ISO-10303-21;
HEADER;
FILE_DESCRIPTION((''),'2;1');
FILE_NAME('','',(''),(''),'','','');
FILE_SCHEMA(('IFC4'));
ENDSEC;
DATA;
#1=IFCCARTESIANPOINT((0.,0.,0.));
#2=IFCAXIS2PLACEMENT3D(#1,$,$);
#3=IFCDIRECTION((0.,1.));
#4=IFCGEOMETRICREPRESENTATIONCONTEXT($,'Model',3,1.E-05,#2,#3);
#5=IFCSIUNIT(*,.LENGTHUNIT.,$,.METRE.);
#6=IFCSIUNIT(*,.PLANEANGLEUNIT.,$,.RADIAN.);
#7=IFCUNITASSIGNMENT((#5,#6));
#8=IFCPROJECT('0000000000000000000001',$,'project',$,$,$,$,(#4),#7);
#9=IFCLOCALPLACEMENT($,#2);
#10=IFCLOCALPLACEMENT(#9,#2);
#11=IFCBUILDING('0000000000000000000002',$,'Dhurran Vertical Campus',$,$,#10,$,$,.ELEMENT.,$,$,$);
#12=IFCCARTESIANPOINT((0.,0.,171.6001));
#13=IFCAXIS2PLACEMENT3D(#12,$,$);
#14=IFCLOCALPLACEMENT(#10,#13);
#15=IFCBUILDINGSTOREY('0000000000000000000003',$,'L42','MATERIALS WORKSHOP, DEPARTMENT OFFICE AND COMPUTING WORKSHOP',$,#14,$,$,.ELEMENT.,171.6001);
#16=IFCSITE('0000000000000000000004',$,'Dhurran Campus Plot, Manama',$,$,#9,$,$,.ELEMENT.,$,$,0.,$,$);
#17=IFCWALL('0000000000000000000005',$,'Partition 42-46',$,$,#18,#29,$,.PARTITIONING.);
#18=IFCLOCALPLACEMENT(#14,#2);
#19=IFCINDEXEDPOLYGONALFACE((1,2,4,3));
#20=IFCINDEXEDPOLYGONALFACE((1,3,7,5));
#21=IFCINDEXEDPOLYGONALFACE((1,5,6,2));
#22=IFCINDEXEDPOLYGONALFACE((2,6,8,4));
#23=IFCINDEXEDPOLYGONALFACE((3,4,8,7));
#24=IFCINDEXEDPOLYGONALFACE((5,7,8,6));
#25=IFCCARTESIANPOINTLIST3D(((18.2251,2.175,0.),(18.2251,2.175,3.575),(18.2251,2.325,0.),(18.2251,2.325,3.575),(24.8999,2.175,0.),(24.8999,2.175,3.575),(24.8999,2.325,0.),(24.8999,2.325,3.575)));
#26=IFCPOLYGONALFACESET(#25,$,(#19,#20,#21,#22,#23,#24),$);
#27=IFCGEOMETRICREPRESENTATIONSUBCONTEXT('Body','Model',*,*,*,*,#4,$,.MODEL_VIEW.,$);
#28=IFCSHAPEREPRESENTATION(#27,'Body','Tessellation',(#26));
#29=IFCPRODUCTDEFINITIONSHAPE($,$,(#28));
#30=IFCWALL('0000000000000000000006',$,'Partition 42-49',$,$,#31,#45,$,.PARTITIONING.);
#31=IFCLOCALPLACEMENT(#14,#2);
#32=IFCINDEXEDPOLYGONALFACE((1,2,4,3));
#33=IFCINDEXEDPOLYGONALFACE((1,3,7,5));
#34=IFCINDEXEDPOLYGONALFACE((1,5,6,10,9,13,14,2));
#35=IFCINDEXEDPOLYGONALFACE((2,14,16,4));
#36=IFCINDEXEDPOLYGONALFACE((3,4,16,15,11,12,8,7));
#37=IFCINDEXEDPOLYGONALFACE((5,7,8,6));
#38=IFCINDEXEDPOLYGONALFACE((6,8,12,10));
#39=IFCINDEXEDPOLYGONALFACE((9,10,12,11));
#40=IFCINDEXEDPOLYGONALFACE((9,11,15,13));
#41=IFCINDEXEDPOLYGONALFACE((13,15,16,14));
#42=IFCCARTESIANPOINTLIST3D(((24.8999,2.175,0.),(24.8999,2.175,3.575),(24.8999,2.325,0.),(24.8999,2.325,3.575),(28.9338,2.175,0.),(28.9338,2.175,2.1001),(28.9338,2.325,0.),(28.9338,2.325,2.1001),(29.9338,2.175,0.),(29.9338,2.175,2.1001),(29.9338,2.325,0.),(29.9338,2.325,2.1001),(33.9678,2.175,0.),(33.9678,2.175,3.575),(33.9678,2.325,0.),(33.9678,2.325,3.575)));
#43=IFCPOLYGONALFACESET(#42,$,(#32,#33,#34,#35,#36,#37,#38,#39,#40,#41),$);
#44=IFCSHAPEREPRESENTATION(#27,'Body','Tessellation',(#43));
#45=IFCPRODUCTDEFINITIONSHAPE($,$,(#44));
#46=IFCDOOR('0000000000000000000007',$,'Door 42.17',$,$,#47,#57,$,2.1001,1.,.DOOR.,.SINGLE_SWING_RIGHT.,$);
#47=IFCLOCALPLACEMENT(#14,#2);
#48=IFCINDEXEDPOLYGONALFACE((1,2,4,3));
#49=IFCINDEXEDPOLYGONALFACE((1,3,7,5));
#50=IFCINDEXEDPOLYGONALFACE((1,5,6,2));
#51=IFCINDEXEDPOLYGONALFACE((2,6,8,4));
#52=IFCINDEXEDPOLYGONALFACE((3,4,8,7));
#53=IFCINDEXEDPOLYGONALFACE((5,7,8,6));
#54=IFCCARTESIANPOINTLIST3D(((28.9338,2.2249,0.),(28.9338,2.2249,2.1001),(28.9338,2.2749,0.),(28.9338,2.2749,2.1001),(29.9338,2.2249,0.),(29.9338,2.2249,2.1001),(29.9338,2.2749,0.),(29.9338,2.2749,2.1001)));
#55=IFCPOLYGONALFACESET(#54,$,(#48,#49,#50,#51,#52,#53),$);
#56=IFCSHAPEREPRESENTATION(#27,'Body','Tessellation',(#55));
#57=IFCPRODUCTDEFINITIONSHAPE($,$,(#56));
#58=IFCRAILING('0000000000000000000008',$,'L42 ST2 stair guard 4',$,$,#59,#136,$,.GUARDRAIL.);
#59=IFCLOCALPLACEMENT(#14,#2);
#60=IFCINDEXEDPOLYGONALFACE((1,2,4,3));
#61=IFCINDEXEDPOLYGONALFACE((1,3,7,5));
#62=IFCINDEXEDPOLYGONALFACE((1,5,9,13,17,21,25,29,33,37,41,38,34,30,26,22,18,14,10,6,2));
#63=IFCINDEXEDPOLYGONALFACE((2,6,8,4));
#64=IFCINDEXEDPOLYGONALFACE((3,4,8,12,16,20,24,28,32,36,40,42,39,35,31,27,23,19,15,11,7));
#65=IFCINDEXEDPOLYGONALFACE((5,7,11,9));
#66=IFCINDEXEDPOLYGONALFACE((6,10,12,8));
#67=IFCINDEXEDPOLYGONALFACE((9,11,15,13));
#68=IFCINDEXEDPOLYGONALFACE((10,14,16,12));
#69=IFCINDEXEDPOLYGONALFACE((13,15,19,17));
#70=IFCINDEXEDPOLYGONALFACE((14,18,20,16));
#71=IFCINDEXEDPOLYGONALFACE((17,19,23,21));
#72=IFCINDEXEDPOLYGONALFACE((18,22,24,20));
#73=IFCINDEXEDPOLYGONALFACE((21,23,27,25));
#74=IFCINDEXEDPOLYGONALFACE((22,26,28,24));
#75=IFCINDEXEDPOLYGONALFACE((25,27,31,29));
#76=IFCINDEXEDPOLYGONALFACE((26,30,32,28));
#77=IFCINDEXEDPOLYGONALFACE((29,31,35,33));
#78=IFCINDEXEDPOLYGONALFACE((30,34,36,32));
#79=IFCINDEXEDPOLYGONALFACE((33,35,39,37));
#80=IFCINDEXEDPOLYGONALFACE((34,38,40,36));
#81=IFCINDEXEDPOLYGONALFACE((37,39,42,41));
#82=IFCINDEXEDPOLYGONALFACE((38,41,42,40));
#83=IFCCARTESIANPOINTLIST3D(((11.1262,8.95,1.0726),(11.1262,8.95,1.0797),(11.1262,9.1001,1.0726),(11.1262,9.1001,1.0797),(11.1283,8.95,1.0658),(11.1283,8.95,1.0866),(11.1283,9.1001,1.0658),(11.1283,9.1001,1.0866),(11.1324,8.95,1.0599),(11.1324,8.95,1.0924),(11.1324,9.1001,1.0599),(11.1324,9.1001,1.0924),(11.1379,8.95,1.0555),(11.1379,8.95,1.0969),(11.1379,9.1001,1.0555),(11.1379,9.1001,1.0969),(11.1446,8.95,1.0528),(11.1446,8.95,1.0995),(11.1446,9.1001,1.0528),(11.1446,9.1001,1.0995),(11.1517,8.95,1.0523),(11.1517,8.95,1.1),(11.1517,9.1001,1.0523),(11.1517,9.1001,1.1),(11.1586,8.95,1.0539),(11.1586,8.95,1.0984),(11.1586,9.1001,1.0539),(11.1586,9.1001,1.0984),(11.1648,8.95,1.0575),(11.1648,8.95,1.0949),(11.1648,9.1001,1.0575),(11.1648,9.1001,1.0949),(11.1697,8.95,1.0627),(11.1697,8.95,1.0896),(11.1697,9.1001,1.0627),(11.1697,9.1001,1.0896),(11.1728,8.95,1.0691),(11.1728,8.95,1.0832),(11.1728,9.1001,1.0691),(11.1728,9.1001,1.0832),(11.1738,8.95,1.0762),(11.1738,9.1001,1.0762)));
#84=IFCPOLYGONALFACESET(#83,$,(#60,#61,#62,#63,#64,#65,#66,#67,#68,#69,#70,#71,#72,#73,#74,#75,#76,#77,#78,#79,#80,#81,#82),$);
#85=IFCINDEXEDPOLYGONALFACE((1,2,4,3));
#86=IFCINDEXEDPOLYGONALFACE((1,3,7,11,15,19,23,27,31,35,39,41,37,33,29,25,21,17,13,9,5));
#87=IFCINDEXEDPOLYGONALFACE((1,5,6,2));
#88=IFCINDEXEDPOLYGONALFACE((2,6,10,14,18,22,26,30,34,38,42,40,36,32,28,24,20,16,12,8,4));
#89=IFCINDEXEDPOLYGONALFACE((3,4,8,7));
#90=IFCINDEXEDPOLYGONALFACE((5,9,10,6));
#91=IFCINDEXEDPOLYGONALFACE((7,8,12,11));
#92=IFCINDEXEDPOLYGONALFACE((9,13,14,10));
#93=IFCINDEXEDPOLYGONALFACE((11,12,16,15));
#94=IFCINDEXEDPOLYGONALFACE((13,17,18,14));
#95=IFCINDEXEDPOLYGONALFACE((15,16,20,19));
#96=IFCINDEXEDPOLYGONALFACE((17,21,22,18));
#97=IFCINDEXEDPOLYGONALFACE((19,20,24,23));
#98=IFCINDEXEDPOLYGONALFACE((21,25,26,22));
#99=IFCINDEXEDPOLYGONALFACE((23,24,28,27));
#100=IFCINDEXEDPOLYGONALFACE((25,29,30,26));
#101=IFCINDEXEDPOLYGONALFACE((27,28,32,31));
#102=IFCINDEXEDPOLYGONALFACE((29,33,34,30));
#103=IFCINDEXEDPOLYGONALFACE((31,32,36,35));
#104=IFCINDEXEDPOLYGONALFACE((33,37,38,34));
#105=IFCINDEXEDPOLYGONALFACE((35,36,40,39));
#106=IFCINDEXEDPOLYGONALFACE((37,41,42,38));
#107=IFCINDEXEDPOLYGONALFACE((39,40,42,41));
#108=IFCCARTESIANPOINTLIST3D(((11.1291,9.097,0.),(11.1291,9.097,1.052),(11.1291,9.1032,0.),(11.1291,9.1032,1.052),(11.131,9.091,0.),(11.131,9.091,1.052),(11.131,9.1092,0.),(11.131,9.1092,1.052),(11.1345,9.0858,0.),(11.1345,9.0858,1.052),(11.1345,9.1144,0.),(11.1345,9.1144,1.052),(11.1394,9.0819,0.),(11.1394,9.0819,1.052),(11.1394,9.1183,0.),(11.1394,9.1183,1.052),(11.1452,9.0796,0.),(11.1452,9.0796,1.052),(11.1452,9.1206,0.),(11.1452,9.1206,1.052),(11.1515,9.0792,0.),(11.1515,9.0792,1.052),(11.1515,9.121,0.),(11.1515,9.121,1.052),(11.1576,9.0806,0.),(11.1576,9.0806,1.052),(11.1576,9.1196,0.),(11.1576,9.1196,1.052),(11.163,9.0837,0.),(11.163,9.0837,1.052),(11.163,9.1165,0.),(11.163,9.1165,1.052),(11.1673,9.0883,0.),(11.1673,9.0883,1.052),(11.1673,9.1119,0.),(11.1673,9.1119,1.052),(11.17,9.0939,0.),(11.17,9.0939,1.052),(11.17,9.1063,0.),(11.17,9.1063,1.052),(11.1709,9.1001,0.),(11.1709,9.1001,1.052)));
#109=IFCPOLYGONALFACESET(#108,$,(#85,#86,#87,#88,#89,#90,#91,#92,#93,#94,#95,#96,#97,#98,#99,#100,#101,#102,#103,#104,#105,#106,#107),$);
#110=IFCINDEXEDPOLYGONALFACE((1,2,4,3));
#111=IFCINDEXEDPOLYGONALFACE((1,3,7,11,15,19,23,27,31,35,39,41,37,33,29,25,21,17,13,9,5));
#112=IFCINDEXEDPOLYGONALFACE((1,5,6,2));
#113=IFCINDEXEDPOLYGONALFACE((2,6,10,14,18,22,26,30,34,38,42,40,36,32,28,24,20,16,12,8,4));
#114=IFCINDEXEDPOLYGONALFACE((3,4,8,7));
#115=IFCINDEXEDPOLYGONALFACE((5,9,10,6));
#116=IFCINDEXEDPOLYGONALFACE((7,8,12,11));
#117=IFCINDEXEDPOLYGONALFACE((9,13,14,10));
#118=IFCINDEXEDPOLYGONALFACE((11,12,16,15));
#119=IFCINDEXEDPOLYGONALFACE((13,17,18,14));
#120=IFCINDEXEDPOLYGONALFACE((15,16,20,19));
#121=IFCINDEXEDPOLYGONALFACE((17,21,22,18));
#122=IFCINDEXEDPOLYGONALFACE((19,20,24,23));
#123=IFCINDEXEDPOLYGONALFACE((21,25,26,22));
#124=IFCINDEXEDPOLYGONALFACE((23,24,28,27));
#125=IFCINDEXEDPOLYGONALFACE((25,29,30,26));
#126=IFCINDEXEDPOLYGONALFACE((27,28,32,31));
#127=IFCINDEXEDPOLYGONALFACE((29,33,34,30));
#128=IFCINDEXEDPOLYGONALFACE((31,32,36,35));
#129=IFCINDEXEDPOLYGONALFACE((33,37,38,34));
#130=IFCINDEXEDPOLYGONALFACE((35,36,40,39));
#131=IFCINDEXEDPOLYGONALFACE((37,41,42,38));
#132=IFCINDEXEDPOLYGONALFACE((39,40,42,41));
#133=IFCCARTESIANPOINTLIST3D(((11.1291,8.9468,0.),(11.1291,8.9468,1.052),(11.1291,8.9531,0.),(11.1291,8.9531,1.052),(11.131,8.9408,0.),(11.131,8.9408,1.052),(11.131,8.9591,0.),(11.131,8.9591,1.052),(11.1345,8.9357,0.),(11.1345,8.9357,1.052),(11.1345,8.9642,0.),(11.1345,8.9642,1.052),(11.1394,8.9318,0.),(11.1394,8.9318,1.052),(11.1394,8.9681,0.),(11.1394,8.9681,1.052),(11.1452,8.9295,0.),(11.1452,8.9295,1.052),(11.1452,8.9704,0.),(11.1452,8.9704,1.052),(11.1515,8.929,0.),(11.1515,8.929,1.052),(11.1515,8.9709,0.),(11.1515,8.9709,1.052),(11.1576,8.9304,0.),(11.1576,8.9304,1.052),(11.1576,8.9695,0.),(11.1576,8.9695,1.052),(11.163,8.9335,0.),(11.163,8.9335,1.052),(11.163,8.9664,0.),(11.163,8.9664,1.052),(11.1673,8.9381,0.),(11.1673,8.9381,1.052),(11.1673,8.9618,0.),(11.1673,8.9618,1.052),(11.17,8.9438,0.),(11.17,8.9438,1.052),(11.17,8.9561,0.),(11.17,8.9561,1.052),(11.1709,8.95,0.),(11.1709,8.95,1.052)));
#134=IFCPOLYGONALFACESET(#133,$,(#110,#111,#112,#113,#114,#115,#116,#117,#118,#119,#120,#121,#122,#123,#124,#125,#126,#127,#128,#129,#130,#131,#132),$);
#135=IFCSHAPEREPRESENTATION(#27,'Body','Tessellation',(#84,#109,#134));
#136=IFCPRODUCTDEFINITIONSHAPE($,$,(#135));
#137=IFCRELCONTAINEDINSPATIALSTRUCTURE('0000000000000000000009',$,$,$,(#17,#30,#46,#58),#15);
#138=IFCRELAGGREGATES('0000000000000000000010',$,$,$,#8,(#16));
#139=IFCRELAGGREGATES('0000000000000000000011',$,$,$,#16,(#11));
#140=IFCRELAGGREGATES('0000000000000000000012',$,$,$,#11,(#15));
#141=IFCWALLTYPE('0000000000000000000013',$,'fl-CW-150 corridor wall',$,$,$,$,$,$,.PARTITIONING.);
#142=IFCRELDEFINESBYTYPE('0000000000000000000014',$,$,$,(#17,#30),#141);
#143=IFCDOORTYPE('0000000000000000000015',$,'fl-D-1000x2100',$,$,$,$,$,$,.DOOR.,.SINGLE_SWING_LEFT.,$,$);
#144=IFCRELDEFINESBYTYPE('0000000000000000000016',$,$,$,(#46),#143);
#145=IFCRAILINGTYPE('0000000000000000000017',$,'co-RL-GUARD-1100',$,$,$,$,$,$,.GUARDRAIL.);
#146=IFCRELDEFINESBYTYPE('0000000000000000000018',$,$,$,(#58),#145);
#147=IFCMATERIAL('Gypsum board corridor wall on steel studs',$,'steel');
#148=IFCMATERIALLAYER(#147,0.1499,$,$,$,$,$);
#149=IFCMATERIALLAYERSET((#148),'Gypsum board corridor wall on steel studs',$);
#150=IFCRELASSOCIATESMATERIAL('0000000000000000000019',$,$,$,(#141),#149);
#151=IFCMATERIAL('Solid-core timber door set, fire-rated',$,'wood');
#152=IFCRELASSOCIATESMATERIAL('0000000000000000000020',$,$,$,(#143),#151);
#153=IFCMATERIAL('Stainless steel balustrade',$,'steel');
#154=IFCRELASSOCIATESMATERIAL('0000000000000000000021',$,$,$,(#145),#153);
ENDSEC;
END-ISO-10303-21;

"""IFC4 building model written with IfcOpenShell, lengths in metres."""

from ifc_helpers import new_model, si_unit, direction, frame, frame_2d, origin, origin_2d, place, context, subcontext, project, spatial, rectangle, circle, extrude, material, layer, layer_set, type_object, element, fill, save


model = new_model("IFC4")

# Units and contexts
model_context = context("Model", 3, precision=1e-05, world=origin(), true_north=direction((0.0, 1.0)))
body_context = subcontext(model_context, "Body", "Model", "MODEL_VIEW")
ifc_project = project(units=[si_unit("LENGTHUNIT", "METRE"), si_unit("PLANEANGLEUNIT", "RADIAN")], contexts=[model_context])

# Site, building, storey
site_placement = place(None, origin())
site = spatial("IfcSite", under=ifc_project, at=site_placement, Name="Dhurran Campus Plot, Manama", CompositionType="ELEMENT", RefElevation=0.0)
building_placement = place(site_placement, origin())
building = spatial("IfcBuilding", under=site, at=building_placement, Name="Dhurran Vertical Campus", CompositionType="ELEMENT")
storey_placement = place(building_placement, frame((0.0, 0.0, 171.6001)))
storey = spatial("IfcBuildingStorey", under=building, at=storey_placement, Name="L42", Description="MATERIALS WORKSHOP, DEPARTMENT OFFICE AND COMPUTING WORKSHOP", CompositionType="ELEMENT", Elevation=171.6001)

# Shared definitions
ifc_material_1 = material(Name="Gypsum board corridor wall on steel studs", Category="steel")
ifc_layer_1 = layer(ifc_material_1, 0.1499)
ifc_layer_set_1 = layer_set([ifc_layer_1], Name="Gypsum board corridor wall on steel studs")
wall_type_1 = type_object("IfcWallType", Name="fl-CW-150 corridor wall", PredefinedType="PARTITIONING", material=ifc_layer_set_1)
ifc_material_2 = material(Name="Solid-core timber door set, fire-rated", Category="wood")
door_type_1 = type_object("IfcDoorType", Name="fl-D-1000x2100", OperationType="SINGLE_SWING_LEFT", PredefinedType="DOOR", material=ifc_material_2)

# Wall
wall_1_placement = place(storey_placement, frame((18.2251, 2.25, 0.0), z_axis=(0.0, 0.0, 1.0), x_axis=(1.0, 0.0, 0.0)))
element("IfcWall", 1, at=wall_1_placement, inside=storey, type_object=wall_type_1, Name="Partition 42-46", PredefinedType="PARTITIONING", context=body_context, shape_type="SweptSolid", body=[
    extrude(rectangle(XDim=6.6748, YDim=0.1499, at=frame_2d((3.3374, 0.0))), origin(), (0.0, 0.0, 1.0), 3.575),
])

# Wall, opening, door
wall_2_placement = place(storey_placement, frame((24.8999, 2.25, 0.0), z_axis=(0.0, 0.0, 1.0), x_axis=(1.0, 0.0, 0.0)))
wall_2 = element("IfcWall", 2, at=wall_2_placement, inside=storey, type_object=wall_type_1, Name="Partition 42-49", PredefinedType="PARTITIONING", context=body_context, shape_type="SweptSolid", body=[
    extrude(rectangle(XDim=9.0679, YDim=0.1499, at=frame_2d((4.5339, 0.0))), origin(), (0.0, 0.0, 1.0), 3.575),
])
opening_1_placement = place(wall_2_placement, frame((4.0339, 0.0, 0.0)))
opening_1 = element("IfcOpeningElement", 3, at=opening_1_placement, cuts=wall_2, PredefinedType="OPENING", context=body_context, shape_type="SweptSolid", body=[
    extrude(rectangle(XDim=1.0, YDim=2.1001, at=frame_2d((0.5, 1.05))), frame((0.0, 0.085, 0.0), z_axis=(0.0, -1.0, 0.0), x_axis=(1.0, 0.0, 0.0)), (0.0, 0.0, 1.0), 0.1699),
])
door_1_placement = place(opening_1_placement, origin())
door_1 = element("IfcDoor", 4, at=door_1_placement, inside=storey, type_object=door_type_1, Name="Door 42.17", OperationType="SINGLE_SWING_RIGHT", OverallHeight=2.1001, OverallWidth=1.0, PredefinedType="DOOR", context=body_context, shape_type="SweptSolid", body=[
    extrude(rectangle(XDim=1.0, YDim=2.1001, at=frame_2d((0.5, 1.05))), frame((0.0, 0.0249, 0.0), z_axis=(0.0, -1.0, 0.0), x_axis=(1.0, 0.0, 0.0)), (0.0, 0.0, 1.0), 0.05),
])
fill(opening_1, door_1)

# Railing
ifc_material_3 = material(Name="Stainless steel balustrade", Category="steel")
railing_type = type_object("IfcRailingType", Name="co-RL-GUARD-1100", PredefinedType="GUARDRAIL", material=ifc_material_3)
railing_placement = place(storey_placement, frame((11.1499, 9.1001, 0.0)))
element("IfcRailing", 5, at=railing_placement, inside=storey, type_object=railing_type, Name="L42 ST2 stair guard 4", PredefinedType="GUARDRAIL", context=body_context, shape_type="SweptSolid", body=[
    extrude(circle(Radius=0.0239, at=origin_2d()), frame((0.0, 0.0, 1.0762), z_axis=(0.0, -1.0, 0.0), x_axis=(1.0, 0.0, 0.0)), (0.0, 0.0, 1.0), 0.1501),
    extrude(circle(Radius=0.021, at=origin_2d()), origin(), (0.0, 0.0, 1.0), 1.052),
    extrude(circle(Radius=0.021, at=origin_2d()), frame((0.0, -0.1501, 0.0)), (0.0, 0.0, 1.0), 1.052),
])

save(model, "model.ifc")
